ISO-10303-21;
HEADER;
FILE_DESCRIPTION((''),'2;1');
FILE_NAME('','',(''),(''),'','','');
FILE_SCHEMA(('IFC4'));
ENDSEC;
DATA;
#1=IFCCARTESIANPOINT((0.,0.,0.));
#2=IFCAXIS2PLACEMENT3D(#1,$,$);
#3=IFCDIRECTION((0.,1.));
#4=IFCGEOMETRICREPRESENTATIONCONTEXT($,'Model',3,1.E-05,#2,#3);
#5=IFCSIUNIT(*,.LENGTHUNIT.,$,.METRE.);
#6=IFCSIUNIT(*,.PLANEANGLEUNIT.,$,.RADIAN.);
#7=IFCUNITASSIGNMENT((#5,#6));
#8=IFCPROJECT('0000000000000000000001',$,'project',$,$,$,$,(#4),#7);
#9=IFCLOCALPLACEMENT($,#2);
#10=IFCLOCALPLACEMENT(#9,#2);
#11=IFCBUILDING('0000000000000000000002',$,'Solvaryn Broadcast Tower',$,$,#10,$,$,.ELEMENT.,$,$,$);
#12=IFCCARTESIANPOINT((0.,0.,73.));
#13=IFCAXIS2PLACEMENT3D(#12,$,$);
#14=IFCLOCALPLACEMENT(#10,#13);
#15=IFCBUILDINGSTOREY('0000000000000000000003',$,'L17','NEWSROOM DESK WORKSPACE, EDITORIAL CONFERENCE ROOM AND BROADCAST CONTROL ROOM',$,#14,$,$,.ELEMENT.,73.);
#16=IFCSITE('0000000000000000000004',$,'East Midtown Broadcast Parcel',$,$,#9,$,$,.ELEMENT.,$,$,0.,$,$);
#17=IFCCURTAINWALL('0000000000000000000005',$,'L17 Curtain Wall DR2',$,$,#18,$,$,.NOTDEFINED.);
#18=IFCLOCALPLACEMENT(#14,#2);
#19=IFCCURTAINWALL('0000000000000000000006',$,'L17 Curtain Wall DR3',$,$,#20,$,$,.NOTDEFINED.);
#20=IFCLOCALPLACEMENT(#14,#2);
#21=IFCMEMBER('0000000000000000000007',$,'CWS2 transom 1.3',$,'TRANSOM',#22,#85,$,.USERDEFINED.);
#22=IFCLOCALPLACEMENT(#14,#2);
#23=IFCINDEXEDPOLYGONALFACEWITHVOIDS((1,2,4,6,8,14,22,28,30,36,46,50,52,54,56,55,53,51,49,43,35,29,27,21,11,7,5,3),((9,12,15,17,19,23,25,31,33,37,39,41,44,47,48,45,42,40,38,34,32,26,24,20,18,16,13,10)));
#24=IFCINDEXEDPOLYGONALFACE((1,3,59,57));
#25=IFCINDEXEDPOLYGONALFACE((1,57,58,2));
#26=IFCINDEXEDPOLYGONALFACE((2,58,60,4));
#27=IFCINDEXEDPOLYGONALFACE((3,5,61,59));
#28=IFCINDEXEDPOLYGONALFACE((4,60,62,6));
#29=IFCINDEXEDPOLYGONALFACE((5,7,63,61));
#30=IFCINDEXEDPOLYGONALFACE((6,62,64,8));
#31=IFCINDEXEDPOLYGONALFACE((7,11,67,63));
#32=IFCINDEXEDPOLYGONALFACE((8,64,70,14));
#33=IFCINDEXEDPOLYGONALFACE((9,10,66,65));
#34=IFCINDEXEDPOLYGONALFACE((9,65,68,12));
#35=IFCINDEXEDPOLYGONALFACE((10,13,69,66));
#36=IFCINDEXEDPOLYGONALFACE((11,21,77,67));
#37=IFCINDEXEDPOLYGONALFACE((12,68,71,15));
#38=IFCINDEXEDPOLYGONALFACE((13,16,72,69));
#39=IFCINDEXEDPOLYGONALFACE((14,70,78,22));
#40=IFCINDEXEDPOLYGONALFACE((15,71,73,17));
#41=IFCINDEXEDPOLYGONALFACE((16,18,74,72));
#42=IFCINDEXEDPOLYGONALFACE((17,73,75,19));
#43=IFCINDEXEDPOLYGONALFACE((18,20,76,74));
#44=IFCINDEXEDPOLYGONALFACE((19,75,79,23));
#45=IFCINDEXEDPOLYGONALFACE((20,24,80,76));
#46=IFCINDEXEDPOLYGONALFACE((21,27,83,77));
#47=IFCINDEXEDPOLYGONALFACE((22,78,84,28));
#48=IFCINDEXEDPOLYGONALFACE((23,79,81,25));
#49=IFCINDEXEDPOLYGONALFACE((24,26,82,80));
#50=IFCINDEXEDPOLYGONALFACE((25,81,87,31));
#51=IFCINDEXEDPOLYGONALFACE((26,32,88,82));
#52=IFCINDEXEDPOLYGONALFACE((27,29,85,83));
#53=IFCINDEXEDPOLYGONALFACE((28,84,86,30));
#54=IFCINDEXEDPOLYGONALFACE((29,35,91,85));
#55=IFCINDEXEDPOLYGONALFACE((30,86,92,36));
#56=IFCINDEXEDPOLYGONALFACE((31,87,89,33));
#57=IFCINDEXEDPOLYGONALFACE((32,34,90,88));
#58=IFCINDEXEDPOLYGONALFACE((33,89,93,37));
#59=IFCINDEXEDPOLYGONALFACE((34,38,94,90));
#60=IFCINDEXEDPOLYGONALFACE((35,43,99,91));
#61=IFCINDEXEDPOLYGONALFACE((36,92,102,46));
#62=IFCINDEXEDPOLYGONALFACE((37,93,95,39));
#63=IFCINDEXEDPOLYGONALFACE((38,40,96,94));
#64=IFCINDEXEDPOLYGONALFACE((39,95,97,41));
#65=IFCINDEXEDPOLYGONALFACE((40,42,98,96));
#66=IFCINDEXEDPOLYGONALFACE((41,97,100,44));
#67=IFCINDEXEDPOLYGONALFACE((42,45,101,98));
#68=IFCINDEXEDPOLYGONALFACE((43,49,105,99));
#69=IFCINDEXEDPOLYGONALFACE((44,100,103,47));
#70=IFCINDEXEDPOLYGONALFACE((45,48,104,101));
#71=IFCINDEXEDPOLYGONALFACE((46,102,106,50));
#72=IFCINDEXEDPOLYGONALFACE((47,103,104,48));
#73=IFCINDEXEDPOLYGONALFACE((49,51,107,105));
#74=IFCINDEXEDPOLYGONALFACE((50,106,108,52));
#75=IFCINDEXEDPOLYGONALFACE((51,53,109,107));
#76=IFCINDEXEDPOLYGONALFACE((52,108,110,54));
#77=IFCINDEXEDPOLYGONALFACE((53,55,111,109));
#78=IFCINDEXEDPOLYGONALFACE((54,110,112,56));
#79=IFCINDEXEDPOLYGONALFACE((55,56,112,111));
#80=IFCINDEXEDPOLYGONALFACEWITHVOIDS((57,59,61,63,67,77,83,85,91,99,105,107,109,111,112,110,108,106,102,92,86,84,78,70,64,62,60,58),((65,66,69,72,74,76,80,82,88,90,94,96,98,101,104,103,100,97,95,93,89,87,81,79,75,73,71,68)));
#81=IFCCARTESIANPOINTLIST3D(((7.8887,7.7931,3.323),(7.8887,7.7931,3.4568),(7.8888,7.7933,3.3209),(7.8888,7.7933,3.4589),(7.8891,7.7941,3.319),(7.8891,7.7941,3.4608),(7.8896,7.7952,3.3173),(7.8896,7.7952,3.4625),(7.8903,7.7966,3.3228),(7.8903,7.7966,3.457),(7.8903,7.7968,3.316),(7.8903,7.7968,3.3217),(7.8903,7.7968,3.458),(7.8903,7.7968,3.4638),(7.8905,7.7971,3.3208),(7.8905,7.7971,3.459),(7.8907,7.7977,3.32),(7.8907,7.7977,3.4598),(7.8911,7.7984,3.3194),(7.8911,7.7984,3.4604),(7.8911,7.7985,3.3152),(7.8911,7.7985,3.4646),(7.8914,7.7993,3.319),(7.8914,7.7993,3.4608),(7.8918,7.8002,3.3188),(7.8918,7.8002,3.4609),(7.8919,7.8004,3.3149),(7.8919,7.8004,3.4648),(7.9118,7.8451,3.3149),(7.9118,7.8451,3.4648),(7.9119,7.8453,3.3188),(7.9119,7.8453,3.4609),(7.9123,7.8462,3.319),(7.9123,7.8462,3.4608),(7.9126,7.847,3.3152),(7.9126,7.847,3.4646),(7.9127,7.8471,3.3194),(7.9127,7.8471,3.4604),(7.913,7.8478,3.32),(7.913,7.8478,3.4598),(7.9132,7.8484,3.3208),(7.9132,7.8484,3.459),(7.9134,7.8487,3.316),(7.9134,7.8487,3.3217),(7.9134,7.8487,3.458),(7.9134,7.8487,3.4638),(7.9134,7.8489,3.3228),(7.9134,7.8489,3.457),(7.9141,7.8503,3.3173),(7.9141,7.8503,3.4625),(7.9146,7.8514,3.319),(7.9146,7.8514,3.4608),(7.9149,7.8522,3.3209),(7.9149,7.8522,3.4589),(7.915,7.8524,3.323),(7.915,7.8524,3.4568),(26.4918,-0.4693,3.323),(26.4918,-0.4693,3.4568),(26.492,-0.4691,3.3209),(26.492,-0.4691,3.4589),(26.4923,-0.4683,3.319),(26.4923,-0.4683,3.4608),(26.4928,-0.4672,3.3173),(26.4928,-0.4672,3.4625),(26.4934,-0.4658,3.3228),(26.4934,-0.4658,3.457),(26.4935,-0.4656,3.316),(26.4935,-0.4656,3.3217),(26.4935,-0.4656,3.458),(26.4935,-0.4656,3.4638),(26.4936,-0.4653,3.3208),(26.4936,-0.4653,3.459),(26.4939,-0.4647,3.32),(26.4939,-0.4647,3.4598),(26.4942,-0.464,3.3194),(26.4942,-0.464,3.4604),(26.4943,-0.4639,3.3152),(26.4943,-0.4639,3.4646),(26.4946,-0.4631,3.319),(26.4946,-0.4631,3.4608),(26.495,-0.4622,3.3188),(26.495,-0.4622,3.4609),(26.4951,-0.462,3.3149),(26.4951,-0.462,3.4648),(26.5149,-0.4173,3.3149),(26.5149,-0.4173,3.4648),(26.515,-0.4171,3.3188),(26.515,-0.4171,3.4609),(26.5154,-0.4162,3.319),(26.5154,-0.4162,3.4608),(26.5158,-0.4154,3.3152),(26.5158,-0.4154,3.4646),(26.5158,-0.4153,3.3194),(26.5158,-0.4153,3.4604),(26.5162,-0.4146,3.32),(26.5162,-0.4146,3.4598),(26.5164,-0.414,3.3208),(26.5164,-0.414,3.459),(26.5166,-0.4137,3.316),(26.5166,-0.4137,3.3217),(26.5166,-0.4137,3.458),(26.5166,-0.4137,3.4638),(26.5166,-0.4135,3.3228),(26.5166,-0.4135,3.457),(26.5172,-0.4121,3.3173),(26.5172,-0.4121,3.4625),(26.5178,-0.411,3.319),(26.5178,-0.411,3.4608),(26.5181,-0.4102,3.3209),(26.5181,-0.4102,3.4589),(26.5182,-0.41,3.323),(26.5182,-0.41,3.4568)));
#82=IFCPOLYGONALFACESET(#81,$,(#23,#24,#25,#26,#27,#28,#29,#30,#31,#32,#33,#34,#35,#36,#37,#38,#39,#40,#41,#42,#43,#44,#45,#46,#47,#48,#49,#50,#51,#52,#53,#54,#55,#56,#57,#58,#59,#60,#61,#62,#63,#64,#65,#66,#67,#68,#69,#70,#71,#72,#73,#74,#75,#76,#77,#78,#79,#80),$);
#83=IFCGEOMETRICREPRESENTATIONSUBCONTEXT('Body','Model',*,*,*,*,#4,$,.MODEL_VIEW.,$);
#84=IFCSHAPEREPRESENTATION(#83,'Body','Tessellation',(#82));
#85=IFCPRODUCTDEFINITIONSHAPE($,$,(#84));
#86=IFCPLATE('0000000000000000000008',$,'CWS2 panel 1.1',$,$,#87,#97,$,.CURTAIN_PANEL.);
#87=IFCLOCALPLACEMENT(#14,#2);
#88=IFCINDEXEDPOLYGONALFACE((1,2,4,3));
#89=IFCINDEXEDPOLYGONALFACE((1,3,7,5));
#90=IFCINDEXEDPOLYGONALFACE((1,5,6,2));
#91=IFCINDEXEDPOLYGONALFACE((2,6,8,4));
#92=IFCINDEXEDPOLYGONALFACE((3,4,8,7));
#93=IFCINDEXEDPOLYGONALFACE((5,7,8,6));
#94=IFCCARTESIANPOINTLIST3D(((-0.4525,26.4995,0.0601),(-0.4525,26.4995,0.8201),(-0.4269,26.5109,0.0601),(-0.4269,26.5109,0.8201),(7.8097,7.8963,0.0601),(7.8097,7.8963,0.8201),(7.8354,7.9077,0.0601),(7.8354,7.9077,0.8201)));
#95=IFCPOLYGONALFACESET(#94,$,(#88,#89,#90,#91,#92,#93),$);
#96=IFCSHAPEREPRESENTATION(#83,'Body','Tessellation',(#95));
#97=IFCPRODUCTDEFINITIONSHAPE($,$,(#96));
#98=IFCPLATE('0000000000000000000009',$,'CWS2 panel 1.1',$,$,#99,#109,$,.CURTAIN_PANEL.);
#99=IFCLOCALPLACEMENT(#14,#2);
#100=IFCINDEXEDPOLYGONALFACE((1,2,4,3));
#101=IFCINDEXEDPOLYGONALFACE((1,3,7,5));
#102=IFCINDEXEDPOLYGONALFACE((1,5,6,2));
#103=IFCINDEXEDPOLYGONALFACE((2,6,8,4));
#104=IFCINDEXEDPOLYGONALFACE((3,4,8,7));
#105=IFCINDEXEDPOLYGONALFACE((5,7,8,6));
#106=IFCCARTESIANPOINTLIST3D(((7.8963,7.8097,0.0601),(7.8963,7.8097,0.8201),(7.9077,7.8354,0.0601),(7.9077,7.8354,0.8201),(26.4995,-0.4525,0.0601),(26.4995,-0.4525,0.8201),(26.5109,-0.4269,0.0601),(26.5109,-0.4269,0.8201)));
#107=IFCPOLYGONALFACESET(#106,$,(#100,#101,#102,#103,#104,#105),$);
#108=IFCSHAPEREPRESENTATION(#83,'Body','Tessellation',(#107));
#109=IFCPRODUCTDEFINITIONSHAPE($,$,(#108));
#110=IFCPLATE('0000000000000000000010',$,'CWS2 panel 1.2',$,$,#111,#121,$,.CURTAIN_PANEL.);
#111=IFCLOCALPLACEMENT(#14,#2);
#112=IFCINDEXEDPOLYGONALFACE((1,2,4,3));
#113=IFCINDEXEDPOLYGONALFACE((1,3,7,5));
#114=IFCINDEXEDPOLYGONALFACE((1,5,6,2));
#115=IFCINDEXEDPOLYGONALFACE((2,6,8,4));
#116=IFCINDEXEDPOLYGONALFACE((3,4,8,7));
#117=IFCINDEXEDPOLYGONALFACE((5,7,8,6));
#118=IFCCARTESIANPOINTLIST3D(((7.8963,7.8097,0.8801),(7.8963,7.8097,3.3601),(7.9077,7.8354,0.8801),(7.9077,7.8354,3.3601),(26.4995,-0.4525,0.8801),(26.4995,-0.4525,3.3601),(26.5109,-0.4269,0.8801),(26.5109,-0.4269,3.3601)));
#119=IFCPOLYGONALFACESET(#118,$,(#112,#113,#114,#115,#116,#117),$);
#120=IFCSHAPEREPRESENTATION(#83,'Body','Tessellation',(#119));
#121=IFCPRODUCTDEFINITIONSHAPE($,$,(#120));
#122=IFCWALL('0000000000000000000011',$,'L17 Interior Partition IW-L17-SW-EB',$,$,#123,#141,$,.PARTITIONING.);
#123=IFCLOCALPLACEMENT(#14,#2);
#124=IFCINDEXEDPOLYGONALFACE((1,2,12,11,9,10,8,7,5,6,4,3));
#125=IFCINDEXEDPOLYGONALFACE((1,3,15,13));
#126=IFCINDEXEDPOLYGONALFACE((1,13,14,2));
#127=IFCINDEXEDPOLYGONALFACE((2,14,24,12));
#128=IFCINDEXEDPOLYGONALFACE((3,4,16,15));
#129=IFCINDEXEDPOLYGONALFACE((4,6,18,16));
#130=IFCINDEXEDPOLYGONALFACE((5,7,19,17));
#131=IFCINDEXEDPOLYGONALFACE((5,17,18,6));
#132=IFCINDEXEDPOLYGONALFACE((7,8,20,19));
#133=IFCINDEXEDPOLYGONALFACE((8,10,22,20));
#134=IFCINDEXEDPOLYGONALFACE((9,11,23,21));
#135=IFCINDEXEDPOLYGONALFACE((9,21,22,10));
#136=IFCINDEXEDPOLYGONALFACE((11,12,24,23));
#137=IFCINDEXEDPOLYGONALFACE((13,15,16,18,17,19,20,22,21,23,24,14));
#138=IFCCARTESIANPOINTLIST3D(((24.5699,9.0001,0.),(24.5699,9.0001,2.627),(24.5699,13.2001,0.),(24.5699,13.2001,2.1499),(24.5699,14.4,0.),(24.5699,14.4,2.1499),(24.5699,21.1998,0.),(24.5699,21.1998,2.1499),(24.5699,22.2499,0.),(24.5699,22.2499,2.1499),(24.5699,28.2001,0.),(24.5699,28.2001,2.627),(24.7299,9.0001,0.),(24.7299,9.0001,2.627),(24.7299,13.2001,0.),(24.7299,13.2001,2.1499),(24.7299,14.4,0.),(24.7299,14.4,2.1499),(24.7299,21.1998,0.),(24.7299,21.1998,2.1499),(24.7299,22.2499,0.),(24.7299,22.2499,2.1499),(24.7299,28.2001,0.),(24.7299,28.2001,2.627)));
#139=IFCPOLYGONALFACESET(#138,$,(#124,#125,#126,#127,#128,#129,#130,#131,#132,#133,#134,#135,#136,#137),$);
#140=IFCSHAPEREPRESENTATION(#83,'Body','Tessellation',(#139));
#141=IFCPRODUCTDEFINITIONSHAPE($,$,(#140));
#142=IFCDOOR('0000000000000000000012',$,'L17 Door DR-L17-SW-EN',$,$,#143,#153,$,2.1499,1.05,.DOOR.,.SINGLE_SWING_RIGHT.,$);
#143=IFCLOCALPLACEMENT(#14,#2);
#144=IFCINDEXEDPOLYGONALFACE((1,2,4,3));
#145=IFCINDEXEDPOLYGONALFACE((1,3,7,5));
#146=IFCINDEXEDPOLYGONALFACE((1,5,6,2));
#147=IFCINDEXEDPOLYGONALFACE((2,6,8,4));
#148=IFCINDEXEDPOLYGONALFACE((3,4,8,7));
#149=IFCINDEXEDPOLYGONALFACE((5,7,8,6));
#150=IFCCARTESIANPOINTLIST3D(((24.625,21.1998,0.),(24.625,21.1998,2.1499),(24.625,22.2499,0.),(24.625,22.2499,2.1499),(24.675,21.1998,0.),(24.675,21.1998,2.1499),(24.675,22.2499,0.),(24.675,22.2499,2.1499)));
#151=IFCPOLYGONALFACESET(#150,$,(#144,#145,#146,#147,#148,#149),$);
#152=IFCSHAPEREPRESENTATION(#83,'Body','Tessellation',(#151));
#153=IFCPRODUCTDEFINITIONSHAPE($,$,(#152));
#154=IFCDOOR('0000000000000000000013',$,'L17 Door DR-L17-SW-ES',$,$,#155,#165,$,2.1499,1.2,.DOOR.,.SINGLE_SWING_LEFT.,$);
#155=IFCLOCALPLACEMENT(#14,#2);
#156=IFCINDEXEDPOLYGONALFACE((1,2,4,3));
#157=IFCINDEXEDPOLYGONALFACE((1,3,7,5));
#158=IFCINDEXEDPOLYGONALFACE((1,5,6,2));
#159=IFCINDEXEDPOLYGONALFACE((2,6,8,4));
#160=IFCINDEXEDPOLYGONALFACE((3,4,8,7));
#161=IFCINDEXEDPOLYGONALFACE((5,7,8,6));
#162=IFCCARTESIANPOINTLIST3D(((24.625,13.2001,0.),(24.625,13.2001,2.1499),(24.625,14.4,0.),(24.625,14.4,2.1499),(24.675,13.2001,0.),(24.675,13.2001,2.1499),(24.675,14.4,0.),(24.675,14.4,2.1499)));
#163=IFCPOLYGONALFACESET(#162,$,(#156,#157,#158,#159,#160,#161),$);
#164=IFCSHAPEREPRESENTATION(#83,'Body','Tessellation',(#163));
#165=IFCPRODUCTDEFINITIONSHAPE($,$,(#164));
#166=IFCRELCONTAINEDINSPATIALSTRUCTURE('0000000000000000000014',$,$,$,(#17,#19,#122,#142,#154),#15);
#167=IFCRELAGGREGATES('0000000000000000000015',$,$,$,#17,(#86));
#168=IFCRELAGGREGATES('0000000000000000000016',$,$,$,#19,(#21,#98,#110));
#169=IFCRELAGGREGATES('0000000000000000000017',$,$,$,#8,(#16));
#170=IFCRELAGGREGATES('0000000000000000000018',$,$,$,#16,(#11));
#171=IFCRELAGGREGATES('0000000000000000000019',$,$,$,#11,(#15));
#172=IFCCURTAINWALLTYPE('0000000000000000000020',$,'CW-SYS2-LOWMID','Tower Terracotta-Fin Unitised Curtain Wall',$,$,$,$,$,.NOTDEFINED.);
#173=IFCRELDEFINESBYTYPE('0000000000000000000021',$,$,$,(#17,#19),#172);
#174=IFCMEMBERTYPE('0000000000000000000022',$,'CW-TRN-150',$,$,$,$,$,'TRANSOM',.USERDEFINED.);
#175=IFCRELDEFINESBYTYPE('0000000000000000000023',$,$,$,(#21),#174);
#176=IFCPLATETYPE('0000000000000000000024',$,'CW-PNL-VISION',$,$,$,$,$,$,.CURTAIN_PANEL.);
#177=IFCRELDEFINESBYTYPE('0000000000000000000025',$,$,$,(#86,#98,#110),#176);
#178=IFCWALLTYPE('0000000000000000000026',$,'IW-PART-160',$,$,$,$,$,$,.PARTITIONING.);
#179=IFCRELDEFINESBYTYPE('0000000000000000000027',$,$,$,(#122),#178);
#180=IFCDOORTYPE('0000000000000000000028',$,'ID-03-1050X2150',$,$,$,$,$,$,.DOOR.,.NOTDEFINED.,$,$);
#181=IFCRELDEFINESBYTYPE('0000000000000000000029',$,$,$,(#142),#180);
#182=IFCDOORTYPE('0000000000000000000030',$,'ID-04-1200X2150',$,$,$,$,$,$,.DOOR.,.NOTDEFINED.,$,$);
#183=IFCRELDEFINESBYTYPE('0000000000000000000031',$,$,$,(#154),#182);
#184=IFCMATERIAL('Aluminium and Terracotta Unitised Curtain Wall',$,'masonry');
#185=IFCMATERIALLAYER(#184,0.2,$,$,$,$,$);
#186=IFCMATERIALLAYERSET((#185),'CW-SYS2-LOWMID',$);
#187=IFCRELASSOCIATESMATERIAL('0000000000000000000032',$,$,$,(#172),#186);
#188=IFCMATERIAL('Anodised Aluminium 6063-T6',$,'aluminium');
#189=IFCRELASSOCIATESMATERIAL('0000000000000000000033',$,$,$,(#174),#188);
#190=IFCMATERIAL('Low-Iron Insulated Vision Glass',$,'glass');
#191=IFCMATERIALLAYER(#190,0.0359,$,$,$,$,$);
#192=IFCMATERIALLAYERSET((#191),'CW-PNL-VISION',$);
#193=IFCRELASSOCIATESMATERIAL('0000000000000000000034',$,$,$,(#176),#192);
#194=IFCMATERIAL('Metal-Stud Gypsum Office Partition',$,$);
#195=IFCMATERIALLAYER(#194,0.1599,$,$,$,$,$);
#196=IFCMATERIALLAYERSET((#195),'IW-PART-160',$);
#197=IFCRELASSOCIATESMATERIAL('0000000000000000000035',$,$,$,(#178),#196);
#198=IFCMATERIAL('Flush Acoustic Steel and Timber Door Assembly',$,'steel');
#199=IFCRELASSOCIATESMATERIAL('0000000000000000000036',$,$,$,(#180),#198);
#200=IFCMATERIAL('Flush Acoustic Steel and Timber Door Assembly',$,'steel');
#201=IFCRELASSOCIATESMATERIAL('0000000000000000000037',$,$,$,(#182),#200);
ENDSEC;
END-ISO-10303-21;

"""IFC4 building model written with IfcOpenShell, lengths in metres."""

from ifc_helpers import new_model, si_unit, direction, frame, frame_2d, origin, origin_2d, place, context, subcontext, project, spatial, rectangle, hollow_rectangle, extrude, material, layer, layer_set, material_profile, profile_set, type_object, element, fill, aggregate, save


model = new_model("IFC4")

# Units and contexts
model_context = context("Model", 3, precision=1e-05, world=origin(), true_north=direction((0.0, 1.0)))
body_context = subcontext(model_context, "Body", "Model", "MODEL_VIEW")
ifc_project = project(units=[si_unit("LENGTHUNIT", "METRE"), si_unit("PLANEANGLEUNIT", "RADIAN")], contexts=[model_context])

# Site, building, storey
site_placement = place(None, origin())
site = spatial("IfcSite", under=ifc_project, at=site_placement, Name="East Midtown Broadcast Parcel", CompositionType="ELEMENT", RefElevation=0.0)
building_placement = place(site_placement, origin())
building = spatial("IfcBuilding", under=site, at=building_placement, Name="Solvaryn Broadcast Tower", CompositionType="ELEMENT")
storey_placement = place(building_placement, frame((0.0, 0.0, 73.0)))
storey = spatial("IfcBuildingStorey", under=building, at=storey_placement, Name="L17", Description="NEWSROOM DESK WORKSPACE, EDITORIAL CONFERENCE ROOM AND BROADCAST CONTROL ROOM", CompositionType="ELEMENT", Elevation=73.0)

# Curtain wall
ifc_material_1 = material(Name="Aluminium and Terracotta Unitised Curtain Wall", Category="masonry")
ifc_layer_1 = layer(ifc_material_1, 0.2)
ifc_layer_set_1 = layer_set([ifc_layer_1], Name="CW-SYS2-LOWMID")
curtain_wall_type = type_object("IfcCurtainWallType", Name="CW-SYS2-LOWMID", Description="Tower Terracotta-Fin Unitised Curtain Wall", PredefinedType="NOTDEFINED", material=ifc_layer_set_1)
curtain_wall_1_placement = place(storey_placement, origin())
curtain_wall_1 = element("IfcCurtainWall", 1, at=curtain_wall_1_placement, inside=storey, type_object=curtain_wall_type, Name="L17 Curtain Wall DR2", PredefinedType="NOTDEFINED")

# Curtain wall, member
curtain_wall_2_placement = place(storey_placement, origin())
curtain_wall_2 = element("IfcCurtainWall", 2, at=curtain_wall_2_placement, inside=storey, type_object=curtain_wall_type, Name="L17 Curtain Wall DR3", PredefinedType="NOTDEFINED")
ifc_material_2 = material(Name="Anodised Aluminium 6063-T6", Category="aluminium")
ifc_material_profile_1 = material_profile(ifc_material_2, hollow_rectangle(XDim=0.0649, YDim=0.1499, WallThickness=0.0039, InnerFilletRadius=0.0039, OuterFilletRadius=0.0081, at=origin_2d()))
ifc_profile_set_1 = profile_set([ifc_material_profile_1], Name="Anodised Aluminium 6063-T6")
member_type_1 = type_object("IfcMemberType", Name="CW-TRN-150", ElementType="TRANSOM", PredefinedType="USERDEFINED", material=ifc_profile_set_1)
member_1_placement = place(storey_placement, frame((7.9019, 7.8228, 3.3899), z_axis=(0.913915, -0.405906, 0.0), x_axis=(0.405906, 0.913915, 0.0)))
member_1 = element("IfcMember", 3, at=member_1_placement, type_object=member_type_1, Name="CWS2 transom 1.3", ObjectType="TRANSOM", PredefinedType="USERDEFINED", context=body_context, shape_type="SweptSolid", body=[
    extrude(hollow_rectangle(XDim=0.0649, YDim=0.1499, WallThickness=0.0039, InnerFilletRadius=0.0039, OuterFilletRadius=0.0081, at=origin_2d()), origin(), (0.0, 0.0, 1.0), 20.3555),
])

# Plates
ifc_material_3 = material(Name="Low-Iron Insulated Vision Glass", Category="glass")
ifc_layer_2 = layer(ifc_material_3, 0.0359)
ifc_layer_set_2 = layer_set([ifc_layer_2], Name="CW-PNL-VISION")
plate_type = type_object("IfcPlateType", Name="CW-PNL-VISION", PredefinedType="CURTAIN_PANEL", material=ifc_layer_set_2)
plate_1_placement = place(storey_placement, frame((3.6914, 17.2036, 0.0601), z_axis=(0.0, 0.0, 1.0), x_axis=(0.405898, -0.913918, 0.0)))
plate_1 = element("IfcPlate", 4, at=plate_1_placement, type_object=plate_type, Name="CWS2 panel 1.1", PredefinedType="CURTAIN_PANEL", context=body_context, shape_type="SweptSolid", body=[
    extrude(rectangle(XDim=20.3555, YDim=0.0281, at=origin_2d()), origin(), (0.0, 0.0, 1.0), 0.76),
])
aggregate(curtain_wall_1, [plate_1])
plate_2_placement = place(storey_placement, frame((17.2036, 3.6914, 0.0601), z_axis=(0.0, 0.0, 1.0), x_axis=(0.913918, -0.405898, 0.0)))
plate_2 = element("IfcPlate", 5, at=plate_2_placement, type_object=plate_type, Name="CWS2 panel 1.1", PredefinedType="CURTAIN_PANEL", context=body_context, shape_type="SweptSolid", body=[
    extrude(rectangle(XDim=20.3555, YDim=0.0281, at=origin_2d()), origin(), (0.0, 0.0, 1.0), 0.76),
])
plate_3_placement = place(storey_placement, frame((17.2036, 3.6914, 0.8801), z_axis=(0.0, 0.0, 1.0), x_axis=(0.913918, -0.405898, 0.0)))
plate_3 = element("IfcPlate", 6, at=plate_3_placement, type_object=plate_type, Name="CWS2 panel 1.2", PredefinedType="CURTAIN_PANEL", context=body_context, shape_type="SweptSolid", body=[
    extrude(rectangle(XDim=20.3555, YDim=0.0281, at=origin_2d()), origin(), (0.0, 0.0, 1.0), 2.48),
])
aggregate(curtain_wall_2, [member_1, plate_2, plate_3])

# Wall, openings, doors
ifc_material_4 = material(Name="Metal-Stud Gypsum Office Partition")
ifc_layer_3 = layer(ifc_material_4, 0.1599)
ifc_layer_set_3 = layer_set([ifc_layer_3], Name="IW-PART-160")
wall_type = type_object("IfcWallType", Name="IW-PART-160", PredefinedType="PARTITIONING", material=ifc_layer_set_3)
wall_1_placement = place(storey_placement, frame((24.6499, 9.0, 0.0), z_axis=(0.0, 0.0, 1.0), x_axis=(0.0, 1.0, 0.0)))
wall_1 = element("IfcWall", 7, at=wall_1_placement, inside=storey, type_object=wall_type, Name="L17 Interior Partition IW-L17-SW-EB", PredefinedType="PARTITIONING", context=body_context, shape_type="SweptSolid", body=[
    extrude(rectangle(XDim=19.2, YDim=0.1599, at=frame_2d((9.6001, 0.0))), origin(), (0.0, 0.0, 1.0), 2.627),
])
opening_1_placement = place(wall_1_placement, frame((12.2, 0.0, 0.0)))
opening_1 = element("IfcOpeningElement", 8, at=opening_1_placement, cuts=wall_1, PredefinedType="OPENING", context=body_context, shape_type="SweptSolid", body=[
    extrude(rectangle(XDim=1.05, YDim=2.1499, at=frame_2d((0.5249, 1.075))), frame((0.0, 0.0901, 0.0), z_axis=(0.0, -1.0, 0.0), x_axis=(1.0, 0.0, 0.0)), (0.0, 0.0, 1.0), 0.1799),
])
opening_2_placement = place(wall_1_placement, frame((4.2, 0.0, 0.0)))
opening_2 = element("IfcOpeningElement", 9, at=opening_2_placement, cuts=wall_1, PredefinedType="OPENING", context=body_context, shape_type="SweptSolid", body=[
    extrude(rectangle(XDim=1.2, YDim=2.1499, at=frame_2d((0.6001, 1.075))), frame((0.0, 0.0901, 0.0), z_axis=(0.0, -1.0, 0.0), x_axis=(1.0, 0.0, 0.0)), (0.0, 0.0, 1.0), 0.1799),
])
ifc_material_5 = material(Name="Flush Acoustic Steel and Timber Door Assembly", Category="steel")
door_type_1 = type_object("IfcDoorType", Name="ID-03-1050X2150", OperationType="NOTDEFINED", PredefinedType="DOOR", material=ifc_material_5)
door_1_placement = place(opening_1_placement, origin())
door_1 = element("IfcDoor", 10, at=door_1_placement, inside=storey, type_object=door_type_1, Name="L17 Door DR-L17-SW-EN", OperationType="SINGLE_SWING_RIGHT", OverallHeight=2.1499, OverallWidth=1.05, PredefinedType="DOOR", context=body_context, shape_type="SweptSolid", body=[
    extrude(rectangle(XDim=1.05, YDim=2.1499, at=frame_2d((0.5249, 1.075))), frame((0.0, 0.0249, 0.0), z_axis=(0.0, -1.0, 0.0), x_axis=(1.0, 0.0, 0.0)), (0.0, 0.0, 1.0), 0.05),
])
fill(opening_1, door_1)
ifc_material_6 = material(Name="Flush Acoustic Steel and Timber Door Assembly", Category="steel")
door_type_2 = type_object("IfcDoorType", Name="ID-04-1200X2150", OperationType="NOTDEFINED", PredefinedType="DOOR", material=ifc_material_6)
door_2_placement = place(opening_2_placement, origin())
door_2 = element("IfcDoor", 11, at=door_2_placement, inside=storey, type_object=door_type_2, Name="L17 Door DR-L17-SW-ES", OperationType="SINGLE_SWING_LEFT", OverallHeight=2.1499, OverallWidth=1.2, PredefinedType="DOOR", context=body_context, shape_type="SweptSolid", body=[
    extrude(rectangle(XDim=1.2, YDim=2.1499, at=frame_2d((0.6001, 1.075))), frame((0.0, 0.0249, 0.0), z_axis=(0.0, -1.0, 0.0), x_axis=(1.0, 0.0, 0.0)), (0.0, 0.0, 1.0), 0.05),
])
fill(opening_2, door_2)

save(model, "model.ifc")
